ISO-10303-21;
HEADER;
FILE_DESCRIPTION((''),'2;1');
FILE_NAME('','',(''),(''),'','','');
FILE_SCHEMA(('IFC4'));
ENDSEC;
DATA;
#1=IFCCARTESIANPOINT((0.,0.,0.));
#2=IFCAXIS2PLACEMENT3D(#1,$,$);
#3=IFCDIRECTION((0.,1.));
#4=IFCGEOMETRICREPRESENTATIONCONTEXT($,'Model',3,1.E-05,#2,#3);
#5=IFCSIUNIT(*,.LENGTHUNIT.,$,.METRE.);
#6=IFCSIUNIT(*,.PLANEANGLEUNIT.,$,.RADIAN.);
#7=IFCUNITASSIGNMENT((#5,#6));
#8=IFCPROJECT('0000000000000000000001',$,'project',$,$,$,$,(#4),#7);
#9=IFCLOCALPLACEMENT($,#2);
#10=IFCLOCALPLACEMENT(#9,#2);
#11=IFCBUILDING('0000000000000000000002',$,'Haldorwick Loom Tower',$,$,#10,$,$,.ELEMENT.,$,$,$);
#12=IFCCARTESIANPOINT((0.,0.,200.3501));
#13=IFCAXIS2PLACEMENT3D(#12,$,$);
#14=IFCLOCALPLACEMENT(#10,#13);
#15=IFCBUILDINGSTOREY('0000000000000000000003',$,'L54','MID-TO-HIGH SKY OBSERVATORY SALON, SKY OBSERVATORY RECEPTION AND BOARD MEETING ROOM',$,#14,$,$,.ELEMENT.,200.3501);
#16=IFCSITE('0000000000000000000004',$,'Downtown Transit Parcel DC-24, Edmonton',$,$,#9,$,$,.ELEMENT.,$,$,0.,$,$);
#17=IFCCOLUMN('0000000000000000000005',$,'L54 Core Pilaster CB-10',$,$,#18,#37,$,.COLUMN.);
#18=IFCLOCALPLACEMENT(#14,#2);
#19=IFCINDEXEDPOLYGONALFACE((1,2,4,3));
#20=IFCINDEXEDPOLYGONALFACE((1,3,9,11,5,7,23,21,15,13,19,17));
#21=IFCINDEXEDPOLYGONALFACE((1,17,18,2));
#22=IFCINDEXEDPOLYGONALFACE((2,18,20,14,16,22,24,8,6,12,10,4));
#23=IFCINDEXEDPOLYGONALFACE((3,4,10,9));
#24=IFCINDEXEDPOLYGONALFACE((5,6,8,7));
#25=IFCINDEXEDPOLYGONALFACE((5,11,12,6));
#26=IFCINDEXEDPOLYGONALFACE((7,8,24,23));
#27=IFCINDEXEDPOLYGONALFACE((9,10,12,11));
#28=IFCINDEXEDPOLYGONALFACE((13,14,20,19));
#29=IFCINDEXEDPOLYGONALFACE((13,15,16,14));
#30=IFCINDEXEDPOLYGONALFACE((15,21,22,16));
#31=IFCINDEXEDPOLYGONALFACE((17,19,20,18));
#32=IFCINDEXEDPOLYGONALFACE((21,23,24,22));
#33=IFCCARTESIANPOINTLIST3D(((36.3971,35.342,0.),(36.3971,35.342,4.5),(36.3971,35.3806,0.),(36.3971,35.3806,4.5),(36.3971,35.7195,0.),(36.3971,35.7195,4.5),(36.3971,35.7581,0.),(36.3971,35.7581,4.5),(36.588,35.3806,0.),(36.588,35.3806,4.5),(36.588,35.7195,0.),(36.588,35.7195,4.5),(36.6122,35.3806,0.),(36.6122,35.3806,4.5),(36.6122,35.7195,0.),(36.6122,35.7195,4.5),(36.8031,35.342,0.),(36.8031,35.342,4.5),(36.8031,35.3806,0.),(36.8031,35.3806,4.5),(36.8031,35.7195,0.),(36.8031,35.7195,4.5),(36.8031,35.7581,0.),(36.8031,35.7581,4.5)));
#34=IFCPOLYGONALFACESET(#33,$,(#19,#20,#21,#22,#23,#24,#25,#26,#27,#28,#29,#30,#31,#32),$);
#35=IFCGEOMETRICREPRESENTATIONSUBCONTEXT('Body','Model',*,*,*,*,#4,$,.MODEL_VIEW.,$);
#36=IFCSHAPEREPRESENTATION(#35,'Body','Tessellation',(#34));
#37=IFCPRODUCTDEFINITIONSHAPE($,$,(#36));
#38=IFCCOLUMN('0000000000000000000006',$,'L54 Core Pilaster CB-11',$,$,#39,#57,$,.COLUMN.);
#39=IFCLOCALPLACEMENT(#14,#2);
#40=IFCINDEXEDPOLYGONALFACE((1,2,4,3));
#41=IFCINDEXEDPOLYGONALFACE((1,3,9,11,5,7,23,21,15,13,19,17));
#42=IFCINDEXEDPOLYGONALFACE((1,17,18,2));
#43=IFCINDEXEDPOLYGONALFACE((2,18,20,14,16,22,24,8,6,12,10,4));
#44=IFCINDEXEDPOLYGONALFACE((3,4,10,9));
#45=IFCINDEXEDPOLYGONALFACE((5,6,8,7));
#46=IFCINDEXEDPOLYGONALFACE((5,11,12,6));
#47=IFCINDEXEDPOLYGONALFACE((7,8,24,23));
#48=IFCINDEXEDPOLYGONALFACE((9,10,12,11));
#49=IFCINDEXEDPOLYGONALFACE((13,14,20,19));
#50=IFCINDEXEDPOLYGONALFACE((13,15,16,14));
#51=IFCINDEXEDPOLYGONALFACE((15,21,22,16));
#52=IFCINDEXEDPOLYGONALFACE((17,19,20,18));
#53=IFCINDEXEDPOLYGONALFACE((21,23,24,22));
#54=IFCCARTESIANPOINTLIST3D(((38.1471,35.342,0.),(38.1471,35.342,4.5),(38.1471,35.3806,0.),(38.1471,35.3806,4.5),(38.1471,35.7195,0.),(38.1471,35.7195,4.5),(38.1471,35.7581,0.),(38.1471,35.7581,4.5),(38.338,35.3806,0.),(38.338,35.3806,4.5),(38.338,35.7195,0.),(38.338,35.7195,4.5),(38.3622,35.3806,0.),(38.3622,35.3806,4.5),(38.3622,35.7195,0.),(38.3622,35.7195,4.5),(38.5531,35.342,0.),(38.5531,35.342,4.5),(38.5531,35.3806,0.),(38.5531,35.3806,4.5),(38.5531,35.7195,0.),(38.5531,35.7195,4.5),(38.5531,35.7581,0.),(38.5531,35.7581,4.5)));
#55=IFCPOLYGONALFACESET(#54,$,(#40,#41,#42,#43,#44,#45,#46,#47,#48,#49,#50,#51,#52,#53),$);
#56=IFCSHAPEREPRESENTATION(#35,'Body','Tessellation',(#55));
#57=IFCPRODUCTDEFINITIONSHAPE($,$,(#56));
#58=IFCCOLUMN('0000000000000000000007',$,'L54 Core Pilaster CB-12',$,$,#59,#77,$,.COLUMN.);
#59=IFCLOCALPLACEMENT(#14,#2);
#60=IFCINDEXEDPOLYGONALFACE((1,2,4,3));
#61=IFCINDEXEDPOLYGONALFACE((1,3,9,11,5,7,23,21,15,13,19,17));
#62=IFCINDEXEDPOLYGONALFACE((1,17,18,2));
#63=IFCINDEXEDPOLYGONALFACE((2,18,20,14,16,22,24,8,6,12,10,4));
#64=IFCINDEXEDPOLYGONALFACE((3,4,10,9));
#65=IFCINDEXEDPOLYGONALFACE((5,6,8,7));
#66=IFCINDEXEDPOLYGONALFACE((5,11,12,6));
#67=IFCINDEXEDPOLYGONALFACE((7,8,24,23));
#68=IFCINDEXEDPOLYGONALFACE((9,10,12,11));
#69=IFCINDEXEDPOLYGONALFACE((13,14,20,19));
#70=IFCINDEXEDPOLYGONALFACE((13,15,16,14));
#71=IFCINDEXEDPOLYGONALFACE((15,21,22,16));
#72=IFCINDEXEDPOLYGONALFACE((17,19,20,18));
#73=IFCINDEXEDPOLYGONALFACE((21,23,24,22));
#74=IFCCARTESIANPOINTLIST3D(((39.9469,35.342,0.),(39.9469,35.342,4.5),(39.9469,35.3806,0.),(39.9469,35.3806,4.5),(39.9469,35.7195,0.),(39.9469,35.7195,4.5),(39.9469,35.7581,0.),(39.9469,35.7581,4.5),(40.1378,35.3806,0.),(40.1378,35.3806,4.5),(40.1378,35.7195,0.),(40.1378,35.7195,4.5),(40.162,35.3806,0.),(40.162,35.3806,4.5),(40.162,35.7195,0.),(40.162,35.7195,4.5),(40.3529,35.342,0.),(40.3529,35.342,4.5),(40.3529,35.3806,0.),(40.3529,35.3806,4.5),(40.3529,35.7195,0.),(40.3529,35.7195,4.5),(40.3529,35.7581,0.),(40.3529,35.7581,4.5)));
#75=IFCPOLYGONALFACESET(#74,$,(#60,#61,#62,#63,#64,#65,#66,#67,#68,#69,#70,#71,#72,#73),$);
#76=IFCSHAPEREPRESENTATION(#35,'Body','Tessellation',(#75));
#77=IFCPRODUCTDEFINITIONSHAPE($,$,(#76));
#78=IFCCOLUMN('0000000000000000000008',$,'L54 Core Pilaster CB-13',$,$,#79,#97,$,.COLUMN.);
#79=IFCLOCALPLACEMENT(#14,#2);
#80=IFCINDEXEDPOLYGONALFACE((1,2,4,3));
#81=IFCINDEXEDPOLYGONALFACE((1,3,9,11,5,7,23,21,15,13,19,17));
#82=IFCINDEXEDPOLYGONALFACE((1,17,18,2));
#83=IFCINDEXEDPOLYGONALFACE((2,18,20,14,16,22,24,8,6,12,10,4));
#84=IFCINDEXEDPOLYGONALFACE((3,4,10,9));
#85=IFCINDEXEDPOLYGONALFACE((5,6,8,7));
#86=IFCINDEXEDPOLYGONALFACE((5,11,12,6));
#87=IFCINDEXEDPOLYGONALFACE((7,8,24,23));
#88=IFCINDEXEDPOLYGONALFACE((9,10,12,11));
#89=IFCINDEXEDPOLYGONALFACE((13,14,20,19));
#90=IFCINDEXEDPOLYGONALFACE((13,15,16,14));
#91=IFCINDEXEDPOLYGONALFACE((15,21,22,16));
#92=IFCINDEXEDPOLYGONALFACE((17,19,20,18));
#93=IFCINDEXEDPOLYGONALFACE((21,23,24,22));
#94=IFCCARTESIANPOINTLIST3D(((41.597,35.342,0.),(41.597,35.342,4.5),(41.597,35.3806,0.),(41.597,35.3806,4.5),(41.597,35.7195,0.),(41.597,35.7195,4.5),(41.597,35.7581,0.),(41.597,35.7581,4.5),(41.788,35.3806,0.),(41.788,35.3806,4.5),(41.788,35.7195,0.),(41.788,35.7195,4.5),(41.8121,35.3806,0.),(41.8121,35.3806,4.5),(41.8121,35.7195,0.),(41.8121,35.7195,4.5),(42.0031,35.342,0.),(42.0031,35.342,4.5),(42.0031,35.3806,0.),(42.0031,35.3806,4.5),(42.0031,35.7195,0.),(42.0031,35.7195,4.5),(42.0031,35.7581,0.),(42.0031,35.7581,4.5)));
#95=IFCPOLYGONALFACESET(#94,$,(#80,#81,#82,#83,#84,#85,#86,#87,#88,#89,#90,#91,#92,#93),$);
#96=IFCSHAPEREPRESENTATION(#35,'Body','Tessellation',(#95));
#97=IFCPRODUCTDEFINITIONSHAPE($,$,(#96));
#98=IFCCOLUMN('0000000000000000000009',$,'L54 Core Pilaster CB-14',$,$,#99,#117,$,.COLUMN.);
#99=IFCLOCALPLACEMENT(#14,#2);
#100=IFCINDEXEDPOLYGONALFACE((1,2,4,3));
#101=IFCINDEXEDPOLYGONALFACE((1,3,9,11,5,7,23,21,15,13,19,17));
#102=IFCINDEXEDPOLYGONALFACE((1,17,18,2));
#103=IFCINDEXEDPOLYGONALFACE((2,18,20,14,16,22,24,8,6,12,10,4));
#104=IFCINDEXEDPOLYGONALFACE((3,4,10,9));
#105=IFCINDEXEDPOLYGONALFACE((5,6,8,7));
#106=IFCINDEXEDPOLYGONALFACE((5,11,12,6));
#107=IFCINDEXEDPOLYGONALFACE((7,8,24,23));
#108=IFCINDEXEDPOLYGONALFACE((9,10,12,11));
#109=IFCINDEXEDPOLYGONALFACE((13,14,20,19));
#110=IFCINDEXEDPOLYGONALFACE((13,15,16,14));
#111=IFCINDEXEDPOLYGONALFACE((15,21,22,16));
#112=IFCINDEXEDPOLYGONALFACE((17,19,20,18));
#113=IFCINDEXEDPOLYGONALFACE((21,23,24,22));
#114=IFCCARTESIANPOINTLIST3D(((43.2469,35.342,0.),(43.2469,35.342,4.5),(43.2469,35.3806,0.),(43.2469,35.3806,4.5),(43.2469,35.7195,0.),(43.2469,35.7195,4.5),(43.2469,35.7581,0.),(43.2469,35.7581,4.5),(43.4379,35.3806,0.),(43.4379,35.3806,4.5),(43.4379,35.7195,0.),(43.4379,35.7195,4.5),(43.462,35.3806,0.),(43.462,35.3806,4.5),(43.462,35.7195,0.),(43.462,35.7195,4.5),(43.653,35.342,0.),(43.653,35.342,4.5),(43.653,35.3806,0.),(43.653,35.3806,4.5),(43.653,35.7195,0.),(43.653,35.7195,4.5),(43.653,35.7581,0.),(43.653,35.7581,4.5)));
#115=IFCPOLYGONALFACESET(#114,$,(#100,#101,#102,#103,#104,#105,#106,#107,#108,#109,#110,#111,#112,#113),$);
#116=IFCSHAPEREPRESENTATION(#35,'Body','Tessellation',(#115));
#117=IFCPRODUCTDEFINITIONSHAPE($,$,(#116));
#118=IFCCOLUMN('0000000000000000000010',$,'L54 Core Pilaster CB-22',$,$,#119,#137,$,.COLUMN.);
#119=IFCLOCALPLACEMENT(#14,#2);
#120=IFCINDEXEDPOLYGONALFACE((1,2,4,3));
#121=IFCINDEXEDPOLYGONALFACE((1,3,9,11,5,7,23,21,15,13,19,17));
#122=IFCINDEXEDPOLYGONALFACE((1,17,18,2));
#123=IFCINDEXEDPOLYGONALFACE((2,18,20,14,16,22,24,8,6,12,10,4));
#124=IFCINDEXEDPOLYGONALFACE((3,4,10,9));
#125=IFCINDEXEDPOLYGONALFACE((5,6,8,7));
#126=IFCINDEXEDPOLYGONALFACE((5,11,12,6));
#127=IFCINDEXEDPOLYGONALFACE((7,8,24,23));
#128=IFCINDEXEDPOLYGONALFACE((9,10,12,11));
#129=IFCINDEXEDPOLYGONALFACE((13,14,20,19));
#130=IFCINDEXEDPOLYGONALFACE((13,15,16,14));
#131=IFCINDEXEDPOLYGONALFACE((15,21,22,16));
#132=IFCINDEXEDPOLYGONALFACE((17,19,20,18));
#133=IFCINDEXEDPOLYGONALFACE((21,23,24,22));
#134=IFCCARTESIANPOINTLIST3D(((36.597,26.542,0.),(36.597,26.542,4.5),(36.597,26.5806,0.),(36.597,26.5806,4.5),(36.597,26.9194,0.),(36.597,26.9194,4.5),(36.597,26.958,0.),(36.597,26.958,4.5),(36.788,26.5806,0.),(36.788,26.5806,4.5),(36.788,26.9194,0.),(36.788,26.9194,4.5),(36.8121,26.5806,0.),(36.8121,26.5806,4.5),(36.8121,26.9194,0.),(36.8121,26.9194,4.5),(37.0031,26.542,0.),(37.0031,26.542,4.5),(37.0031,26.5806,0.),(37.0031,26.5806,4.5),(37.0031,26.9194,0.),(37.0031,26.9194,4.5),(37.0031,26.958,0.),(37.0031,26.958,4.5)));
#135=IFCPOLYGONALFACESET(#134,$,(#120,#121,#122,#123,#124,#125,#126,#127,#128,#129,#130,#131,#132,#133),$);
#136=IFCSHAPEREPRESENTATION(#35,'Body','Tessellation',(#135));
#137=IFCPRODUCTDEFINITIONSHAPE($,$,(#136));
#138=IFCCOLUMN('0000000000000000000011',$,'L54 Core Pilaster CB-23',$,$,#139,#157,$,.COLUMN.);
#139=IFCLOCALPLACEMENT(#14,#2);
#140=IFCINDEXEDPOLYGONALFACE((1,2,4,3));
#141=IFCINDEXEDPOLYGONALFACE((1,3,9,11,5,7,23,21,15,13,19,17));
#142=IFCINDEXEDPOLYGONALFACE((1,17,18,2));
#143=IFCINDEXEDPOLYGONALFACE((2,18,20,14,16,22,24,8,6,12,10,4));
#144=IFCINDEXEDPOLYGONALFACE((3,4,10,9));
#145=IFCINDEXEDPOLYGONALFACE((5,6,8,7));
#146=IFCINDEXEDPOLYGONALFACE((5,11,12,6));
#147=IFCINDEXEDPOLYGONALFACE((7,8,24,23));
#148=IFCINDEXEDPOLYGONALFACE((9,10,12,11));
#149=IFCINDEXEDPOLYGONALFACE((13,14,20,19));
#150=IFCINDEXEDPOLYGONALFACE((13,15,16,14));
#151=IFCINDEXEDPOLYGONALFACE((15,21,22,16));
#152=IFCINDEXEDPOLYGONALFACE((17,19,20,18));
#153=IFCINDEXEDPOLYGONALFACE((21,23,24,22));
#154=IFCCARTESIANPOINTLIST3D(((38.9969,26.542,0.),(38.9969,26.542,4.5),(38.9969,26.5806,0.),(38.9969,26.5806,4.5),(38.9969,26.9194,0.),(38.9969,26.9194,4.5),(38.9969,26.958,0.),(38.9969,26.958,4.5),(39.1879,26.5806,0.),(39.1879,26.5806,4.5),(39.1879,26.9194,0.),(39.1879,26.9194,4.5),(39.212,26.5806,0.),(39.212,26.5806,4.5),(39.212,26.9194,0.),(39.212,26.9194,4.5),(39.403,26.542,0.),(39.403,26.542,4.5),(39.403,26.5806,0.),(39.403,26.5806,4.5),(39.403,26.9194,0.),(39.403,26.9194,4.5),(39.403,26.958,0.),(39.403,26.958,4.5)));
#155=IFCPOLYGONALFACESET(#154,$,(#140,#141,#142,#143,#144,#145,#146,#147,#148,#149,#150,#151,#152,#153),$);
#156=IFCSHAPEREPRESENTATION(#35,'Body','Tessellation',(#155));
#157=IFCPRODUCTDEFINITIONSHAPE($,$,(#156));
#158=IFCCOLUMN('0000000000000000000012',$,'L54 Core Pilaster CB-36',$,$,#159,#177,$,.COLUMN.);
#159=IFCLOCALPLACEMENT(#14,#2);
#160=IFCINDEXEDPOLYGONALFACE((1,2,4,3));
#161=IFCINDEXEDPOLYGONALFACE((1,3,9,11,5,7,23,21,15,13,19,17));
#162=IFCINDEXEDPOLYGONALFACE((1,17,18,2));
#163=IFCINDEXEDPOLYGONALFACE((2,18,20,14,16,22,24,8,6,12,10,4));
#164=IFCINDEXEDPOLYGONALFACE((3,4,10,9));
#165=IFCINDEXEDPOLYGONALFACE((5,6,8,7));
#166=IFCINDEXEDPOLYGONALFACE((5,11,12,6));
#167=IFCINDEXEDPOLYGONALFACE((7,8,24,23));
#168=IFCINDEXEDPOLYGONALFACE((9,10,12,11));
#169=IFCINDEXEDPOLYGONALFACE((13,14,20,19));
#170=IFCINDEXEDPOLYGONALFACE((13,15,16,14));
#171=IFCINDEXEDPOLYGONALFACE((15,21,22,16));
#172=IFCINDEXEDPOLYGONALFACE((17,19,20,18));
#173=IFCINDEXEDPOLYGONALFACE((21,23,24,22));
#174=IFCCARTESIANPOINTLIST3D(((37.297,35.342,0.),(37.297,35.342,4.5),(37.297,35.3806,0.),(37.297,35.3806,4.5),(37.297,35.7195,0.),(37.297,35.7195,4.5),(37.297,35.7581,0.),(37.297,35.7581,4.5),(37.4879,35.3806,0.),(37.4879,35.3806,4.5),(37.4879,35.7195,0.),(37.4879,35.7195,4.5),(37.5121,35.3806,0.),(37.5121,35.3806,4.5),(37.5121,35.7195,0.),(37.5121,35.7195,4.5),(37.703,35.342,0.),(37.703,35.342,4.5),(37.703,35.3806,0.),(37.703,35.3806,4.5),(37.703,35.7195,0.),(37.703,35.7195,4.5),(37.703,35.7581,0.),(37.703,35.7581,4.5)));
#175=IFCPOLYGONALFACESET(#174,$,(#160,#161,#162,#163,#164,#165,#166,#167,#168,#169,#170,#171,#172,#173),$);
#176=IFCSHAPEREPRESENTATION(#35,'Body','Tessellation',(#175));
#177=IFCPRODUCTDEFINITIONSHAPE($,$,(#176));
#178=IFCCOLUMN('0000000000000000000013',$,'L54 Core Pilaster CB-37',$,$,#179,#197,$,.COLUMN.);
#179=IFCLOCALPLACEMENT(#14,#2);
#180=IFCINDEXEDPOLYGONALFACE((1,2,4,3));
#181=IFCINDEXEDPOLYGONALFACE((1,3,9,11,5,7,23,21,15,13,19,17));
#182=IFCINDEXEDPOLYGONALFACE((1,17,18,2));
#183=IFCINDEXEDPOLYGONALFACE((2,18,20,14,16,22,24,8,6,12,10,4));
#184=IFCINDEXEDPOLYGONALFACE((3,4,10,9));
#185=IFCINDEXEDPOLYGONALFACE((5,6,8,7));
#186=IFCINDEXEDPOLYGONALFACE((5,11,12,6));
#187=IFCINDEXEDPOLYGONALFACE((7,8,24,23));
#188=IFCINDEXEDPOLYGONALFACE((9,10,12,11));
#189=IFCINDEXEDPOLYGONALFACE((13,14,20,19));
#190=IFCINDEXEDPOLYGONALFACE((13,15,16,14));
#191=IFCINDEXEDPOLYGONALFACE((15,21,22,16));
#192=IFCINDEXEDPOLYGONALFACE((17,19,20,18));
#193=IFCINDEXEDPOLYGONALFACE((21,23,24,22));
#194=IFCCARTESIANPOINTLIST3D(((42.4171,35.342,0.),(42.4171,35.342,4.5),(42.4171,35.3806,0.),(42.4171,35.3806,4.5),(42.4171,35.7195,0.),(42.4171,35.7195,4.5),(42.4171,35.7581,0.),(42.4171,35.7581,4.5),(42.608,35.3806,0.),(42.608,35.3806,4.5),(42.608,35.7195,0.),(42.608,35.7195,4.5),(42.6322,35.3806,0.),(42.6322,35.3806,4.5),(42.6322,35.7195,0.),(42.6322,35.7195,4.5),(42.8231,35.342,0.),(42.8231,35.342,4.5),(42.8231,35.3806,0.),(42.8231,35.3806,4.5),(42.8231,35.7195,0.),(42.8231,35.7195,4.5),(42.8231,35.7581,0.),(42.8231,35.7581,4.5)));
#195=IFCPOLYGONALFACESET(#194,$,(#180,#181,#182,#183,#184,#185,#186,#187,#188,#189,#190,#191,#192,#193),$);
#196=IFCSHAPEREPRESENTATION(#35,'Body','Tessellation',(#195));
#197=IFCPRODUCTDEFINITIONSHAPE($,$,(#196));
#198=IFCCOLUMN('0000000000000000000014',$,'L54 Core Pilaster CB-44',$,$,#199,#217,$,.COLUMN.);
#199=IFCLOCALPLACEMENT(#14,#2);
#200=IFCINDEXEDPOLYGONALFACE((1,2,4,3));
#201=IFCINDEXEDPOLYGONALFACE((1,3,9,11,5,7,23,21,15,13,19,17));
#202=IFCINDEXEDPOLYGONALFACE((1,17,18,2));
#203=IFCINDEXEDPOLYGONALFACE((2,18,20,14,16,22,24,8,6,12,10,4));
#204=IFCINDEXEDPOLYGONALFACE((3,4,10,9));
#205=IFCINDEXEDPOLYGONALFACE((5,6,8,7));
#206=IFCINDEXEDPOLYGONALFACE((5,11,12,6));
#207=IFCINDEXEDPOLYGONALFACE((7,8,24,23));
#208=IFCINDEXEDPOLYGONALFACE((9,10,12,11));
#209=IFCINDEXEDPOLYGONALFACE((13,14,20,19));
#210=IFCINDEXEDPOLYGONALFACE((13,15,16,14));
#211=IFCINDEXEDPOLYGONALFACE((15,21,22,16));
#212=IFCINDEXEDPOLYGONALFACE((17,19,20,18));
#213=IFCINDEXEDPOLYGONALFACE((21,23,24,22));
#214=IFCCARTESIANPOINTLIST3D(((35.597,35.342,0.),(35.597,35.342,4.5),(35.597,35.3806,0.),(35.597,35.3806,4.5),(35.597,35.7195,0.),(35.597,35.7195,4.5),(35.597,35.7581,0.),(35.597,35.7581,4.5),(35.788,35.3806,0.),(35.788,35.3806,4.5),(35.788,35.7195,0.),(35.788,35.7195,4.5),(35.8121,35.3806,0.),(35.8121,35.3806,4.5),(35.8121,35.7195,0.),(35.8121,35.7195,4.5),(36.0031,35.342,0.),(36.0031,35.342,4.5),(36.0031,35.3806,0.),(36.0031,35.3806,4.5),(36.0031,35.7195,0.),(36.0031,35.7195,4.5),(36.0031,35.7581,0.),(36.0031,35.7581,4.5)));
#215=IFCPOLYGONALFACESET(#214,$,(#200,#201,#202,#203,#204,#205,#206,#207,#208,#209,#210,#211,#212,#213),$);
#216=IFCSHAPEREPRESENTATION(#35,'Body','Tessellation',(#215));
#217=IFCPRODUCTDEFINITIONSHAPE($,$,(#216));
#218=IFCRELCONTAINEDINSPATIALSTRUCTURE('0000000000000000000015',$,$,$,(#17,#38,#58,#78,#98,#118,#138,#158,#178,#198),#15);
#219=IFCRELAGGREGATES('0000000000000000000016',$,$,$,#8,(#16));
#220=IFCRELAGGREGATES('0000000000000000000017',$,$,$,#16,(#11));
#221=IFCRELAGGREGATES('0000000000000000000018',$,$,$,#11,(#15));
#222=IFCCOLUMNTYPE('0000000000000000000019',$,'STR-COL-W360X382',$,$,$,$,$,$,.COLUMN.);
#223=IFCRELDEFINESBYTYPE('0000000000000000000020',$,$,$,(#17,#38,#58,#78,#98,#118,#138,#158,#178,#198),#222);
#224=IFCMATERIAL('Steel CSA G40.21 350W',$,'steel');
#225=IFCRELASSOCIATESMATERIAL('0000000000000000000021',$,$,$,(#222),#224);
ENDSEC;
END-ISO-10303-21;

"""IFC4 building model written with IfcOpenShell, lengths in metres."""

from ifc_helpers import new_model, si_unit, direction, frame, origin, origin_2d, place, context, subcontext, project, spatial, i_section, extrude, material, material_profile, profile_set, type_object, element, save


model = new_model("IFC4")

# Units and contexts
model_context = context("Model", 3, precision=1e-05, world=origin(), true_north=direction((0.0, 1.0)))
body_context = subcontext(model_context, "Body", "Model", "MODEL_VIEW")
ifc_project = project(units=[si_unit("LENGTHUNIT", "METRE"), si_unit("PLANEANGLEUNIT", "RADIAN")], contexts=[model_context])

# Site, building, storey
site_placement = place(None, origin())
site = spatial("IfcSite", under=ifc_project, at=site_placement, Name="Downtown Transit Parcel DC-24, Edmonton", CompositionType="ELEMENT", RefElevation=0.0)
building_placement = place(site_placement, origin())
building = spatial("IfcBuilding", under=site, at=building_placement, Name="Haldorwick Loom Tower", CompositionType="ELEMENT")
storey_placement = place(building_placement, frame((0.0, 0.0, 200.3501)))
storey = spatial("IfcBuildingStorey", under=building, at=storey_placement, Name="L54", Description="MID-TO-HIGH SKY OBSERVATORY SALON, SKY OBSERVATORY RECEPTION AND BOARD MEETING ROOM", CompositionType="ELEMENT", Elevation=200.3501)

# Columns
ifc_material_1 = material(Name="Steel CSA G40.21 350W", Category="steel")
ifc_material_profile_1 = material_profile(ifc_material_1, i_section(OverallWidth=0.406, OverallDepth=0.416, WebThickness=0.0242, FlangeThickness=0.0386, at=origin_2d()), Name="W360X382", Category="steel")
ifc_profile_set_1 = profile_set([ifc_material_profile_1], Name="Steel CSA G40.21 350W")
column_type = type_object("IfcColumnType", Name="STR-COL-W360X382", PredefinedType="COLUMN", material=ifc_profile_set_1)
for number, where, z_axis, x_axis, name in (
    (1, (36.6001, 35.55, 0.0), (0.0, 0.0, 1.0), (1.0, 0.0, 0.0), "L54 Core Pilaster CB-10"),
    (2, (38.3501, 35.55, 0.0), (0.0, 0.0, 1.0), (1.0, 0.0, 0.0), "L54 Core Pilaster CB-11"),
    (3, (40.1499, 35.55, 0.0), (0.0, 0.0, 1.0), (1.0, 0.0, 0.0), "L54 Core Pilaster CB-12"),
    (4, (41.8, 35.55, 0.0), (0.0, 0.0, 1.0), (1.0, 0.0, 0.0), "L54 Core Pilaster CB-13"),
    (5, (43.45, 35.55, 0.0), (0.0, 0.0, 1.0), (1.0, 0.0, 0.0), "L54 Core Pilaster CB-14"),
    (6, (36.8, 26.75, 0.0), (0.0, 0.0, 1.0), (1.0, 0.0, 0.0), "L54 Core Pilaster CB-22"),
    (7, (39.2, 26.75, 0.0), (0.0, 0.0, 1.0), (1.0, 0.0, 0.0), "L54 Core Pilaster CB-23"),
    (8, (37.5, 35.55, 0.0), (0.0, 0.0, 1.0), (1.0, 0.0, 0.0), "L54 Core Pilaster CB-36"),
    (9, (42.6201, 35.55, 0.0), (0.0, 0.0, 1.0), (1.0, 0.0, 0.0), "L54 Core Pilaster CB-37"),
    (10, (35.8, 35.55, 0.0), (0.0, 0.0, 1.0), (1.0, 0.0, 0.0), "L54 Core Pilaster CB-44"),
):
    element("IfcColumn", number, at=place(storey_placement, frame(where, z_axis=z_axis, x_axis=x_axis)), inside=storey, type_object=column_type, Name=name, PredefinedType="COLUMN", context=body_context, shape_type="SweptSolid", body=[
        extrude(i_section(OverallWidth=0.406, OverallDepth=0.416, WebThickness=0.0242, FlangeThickness=0.0386, at=origin_2d()), origin(), (0.0, 0.0, 1.0), 4.5),
    ])

save(model, "model.ifc")
